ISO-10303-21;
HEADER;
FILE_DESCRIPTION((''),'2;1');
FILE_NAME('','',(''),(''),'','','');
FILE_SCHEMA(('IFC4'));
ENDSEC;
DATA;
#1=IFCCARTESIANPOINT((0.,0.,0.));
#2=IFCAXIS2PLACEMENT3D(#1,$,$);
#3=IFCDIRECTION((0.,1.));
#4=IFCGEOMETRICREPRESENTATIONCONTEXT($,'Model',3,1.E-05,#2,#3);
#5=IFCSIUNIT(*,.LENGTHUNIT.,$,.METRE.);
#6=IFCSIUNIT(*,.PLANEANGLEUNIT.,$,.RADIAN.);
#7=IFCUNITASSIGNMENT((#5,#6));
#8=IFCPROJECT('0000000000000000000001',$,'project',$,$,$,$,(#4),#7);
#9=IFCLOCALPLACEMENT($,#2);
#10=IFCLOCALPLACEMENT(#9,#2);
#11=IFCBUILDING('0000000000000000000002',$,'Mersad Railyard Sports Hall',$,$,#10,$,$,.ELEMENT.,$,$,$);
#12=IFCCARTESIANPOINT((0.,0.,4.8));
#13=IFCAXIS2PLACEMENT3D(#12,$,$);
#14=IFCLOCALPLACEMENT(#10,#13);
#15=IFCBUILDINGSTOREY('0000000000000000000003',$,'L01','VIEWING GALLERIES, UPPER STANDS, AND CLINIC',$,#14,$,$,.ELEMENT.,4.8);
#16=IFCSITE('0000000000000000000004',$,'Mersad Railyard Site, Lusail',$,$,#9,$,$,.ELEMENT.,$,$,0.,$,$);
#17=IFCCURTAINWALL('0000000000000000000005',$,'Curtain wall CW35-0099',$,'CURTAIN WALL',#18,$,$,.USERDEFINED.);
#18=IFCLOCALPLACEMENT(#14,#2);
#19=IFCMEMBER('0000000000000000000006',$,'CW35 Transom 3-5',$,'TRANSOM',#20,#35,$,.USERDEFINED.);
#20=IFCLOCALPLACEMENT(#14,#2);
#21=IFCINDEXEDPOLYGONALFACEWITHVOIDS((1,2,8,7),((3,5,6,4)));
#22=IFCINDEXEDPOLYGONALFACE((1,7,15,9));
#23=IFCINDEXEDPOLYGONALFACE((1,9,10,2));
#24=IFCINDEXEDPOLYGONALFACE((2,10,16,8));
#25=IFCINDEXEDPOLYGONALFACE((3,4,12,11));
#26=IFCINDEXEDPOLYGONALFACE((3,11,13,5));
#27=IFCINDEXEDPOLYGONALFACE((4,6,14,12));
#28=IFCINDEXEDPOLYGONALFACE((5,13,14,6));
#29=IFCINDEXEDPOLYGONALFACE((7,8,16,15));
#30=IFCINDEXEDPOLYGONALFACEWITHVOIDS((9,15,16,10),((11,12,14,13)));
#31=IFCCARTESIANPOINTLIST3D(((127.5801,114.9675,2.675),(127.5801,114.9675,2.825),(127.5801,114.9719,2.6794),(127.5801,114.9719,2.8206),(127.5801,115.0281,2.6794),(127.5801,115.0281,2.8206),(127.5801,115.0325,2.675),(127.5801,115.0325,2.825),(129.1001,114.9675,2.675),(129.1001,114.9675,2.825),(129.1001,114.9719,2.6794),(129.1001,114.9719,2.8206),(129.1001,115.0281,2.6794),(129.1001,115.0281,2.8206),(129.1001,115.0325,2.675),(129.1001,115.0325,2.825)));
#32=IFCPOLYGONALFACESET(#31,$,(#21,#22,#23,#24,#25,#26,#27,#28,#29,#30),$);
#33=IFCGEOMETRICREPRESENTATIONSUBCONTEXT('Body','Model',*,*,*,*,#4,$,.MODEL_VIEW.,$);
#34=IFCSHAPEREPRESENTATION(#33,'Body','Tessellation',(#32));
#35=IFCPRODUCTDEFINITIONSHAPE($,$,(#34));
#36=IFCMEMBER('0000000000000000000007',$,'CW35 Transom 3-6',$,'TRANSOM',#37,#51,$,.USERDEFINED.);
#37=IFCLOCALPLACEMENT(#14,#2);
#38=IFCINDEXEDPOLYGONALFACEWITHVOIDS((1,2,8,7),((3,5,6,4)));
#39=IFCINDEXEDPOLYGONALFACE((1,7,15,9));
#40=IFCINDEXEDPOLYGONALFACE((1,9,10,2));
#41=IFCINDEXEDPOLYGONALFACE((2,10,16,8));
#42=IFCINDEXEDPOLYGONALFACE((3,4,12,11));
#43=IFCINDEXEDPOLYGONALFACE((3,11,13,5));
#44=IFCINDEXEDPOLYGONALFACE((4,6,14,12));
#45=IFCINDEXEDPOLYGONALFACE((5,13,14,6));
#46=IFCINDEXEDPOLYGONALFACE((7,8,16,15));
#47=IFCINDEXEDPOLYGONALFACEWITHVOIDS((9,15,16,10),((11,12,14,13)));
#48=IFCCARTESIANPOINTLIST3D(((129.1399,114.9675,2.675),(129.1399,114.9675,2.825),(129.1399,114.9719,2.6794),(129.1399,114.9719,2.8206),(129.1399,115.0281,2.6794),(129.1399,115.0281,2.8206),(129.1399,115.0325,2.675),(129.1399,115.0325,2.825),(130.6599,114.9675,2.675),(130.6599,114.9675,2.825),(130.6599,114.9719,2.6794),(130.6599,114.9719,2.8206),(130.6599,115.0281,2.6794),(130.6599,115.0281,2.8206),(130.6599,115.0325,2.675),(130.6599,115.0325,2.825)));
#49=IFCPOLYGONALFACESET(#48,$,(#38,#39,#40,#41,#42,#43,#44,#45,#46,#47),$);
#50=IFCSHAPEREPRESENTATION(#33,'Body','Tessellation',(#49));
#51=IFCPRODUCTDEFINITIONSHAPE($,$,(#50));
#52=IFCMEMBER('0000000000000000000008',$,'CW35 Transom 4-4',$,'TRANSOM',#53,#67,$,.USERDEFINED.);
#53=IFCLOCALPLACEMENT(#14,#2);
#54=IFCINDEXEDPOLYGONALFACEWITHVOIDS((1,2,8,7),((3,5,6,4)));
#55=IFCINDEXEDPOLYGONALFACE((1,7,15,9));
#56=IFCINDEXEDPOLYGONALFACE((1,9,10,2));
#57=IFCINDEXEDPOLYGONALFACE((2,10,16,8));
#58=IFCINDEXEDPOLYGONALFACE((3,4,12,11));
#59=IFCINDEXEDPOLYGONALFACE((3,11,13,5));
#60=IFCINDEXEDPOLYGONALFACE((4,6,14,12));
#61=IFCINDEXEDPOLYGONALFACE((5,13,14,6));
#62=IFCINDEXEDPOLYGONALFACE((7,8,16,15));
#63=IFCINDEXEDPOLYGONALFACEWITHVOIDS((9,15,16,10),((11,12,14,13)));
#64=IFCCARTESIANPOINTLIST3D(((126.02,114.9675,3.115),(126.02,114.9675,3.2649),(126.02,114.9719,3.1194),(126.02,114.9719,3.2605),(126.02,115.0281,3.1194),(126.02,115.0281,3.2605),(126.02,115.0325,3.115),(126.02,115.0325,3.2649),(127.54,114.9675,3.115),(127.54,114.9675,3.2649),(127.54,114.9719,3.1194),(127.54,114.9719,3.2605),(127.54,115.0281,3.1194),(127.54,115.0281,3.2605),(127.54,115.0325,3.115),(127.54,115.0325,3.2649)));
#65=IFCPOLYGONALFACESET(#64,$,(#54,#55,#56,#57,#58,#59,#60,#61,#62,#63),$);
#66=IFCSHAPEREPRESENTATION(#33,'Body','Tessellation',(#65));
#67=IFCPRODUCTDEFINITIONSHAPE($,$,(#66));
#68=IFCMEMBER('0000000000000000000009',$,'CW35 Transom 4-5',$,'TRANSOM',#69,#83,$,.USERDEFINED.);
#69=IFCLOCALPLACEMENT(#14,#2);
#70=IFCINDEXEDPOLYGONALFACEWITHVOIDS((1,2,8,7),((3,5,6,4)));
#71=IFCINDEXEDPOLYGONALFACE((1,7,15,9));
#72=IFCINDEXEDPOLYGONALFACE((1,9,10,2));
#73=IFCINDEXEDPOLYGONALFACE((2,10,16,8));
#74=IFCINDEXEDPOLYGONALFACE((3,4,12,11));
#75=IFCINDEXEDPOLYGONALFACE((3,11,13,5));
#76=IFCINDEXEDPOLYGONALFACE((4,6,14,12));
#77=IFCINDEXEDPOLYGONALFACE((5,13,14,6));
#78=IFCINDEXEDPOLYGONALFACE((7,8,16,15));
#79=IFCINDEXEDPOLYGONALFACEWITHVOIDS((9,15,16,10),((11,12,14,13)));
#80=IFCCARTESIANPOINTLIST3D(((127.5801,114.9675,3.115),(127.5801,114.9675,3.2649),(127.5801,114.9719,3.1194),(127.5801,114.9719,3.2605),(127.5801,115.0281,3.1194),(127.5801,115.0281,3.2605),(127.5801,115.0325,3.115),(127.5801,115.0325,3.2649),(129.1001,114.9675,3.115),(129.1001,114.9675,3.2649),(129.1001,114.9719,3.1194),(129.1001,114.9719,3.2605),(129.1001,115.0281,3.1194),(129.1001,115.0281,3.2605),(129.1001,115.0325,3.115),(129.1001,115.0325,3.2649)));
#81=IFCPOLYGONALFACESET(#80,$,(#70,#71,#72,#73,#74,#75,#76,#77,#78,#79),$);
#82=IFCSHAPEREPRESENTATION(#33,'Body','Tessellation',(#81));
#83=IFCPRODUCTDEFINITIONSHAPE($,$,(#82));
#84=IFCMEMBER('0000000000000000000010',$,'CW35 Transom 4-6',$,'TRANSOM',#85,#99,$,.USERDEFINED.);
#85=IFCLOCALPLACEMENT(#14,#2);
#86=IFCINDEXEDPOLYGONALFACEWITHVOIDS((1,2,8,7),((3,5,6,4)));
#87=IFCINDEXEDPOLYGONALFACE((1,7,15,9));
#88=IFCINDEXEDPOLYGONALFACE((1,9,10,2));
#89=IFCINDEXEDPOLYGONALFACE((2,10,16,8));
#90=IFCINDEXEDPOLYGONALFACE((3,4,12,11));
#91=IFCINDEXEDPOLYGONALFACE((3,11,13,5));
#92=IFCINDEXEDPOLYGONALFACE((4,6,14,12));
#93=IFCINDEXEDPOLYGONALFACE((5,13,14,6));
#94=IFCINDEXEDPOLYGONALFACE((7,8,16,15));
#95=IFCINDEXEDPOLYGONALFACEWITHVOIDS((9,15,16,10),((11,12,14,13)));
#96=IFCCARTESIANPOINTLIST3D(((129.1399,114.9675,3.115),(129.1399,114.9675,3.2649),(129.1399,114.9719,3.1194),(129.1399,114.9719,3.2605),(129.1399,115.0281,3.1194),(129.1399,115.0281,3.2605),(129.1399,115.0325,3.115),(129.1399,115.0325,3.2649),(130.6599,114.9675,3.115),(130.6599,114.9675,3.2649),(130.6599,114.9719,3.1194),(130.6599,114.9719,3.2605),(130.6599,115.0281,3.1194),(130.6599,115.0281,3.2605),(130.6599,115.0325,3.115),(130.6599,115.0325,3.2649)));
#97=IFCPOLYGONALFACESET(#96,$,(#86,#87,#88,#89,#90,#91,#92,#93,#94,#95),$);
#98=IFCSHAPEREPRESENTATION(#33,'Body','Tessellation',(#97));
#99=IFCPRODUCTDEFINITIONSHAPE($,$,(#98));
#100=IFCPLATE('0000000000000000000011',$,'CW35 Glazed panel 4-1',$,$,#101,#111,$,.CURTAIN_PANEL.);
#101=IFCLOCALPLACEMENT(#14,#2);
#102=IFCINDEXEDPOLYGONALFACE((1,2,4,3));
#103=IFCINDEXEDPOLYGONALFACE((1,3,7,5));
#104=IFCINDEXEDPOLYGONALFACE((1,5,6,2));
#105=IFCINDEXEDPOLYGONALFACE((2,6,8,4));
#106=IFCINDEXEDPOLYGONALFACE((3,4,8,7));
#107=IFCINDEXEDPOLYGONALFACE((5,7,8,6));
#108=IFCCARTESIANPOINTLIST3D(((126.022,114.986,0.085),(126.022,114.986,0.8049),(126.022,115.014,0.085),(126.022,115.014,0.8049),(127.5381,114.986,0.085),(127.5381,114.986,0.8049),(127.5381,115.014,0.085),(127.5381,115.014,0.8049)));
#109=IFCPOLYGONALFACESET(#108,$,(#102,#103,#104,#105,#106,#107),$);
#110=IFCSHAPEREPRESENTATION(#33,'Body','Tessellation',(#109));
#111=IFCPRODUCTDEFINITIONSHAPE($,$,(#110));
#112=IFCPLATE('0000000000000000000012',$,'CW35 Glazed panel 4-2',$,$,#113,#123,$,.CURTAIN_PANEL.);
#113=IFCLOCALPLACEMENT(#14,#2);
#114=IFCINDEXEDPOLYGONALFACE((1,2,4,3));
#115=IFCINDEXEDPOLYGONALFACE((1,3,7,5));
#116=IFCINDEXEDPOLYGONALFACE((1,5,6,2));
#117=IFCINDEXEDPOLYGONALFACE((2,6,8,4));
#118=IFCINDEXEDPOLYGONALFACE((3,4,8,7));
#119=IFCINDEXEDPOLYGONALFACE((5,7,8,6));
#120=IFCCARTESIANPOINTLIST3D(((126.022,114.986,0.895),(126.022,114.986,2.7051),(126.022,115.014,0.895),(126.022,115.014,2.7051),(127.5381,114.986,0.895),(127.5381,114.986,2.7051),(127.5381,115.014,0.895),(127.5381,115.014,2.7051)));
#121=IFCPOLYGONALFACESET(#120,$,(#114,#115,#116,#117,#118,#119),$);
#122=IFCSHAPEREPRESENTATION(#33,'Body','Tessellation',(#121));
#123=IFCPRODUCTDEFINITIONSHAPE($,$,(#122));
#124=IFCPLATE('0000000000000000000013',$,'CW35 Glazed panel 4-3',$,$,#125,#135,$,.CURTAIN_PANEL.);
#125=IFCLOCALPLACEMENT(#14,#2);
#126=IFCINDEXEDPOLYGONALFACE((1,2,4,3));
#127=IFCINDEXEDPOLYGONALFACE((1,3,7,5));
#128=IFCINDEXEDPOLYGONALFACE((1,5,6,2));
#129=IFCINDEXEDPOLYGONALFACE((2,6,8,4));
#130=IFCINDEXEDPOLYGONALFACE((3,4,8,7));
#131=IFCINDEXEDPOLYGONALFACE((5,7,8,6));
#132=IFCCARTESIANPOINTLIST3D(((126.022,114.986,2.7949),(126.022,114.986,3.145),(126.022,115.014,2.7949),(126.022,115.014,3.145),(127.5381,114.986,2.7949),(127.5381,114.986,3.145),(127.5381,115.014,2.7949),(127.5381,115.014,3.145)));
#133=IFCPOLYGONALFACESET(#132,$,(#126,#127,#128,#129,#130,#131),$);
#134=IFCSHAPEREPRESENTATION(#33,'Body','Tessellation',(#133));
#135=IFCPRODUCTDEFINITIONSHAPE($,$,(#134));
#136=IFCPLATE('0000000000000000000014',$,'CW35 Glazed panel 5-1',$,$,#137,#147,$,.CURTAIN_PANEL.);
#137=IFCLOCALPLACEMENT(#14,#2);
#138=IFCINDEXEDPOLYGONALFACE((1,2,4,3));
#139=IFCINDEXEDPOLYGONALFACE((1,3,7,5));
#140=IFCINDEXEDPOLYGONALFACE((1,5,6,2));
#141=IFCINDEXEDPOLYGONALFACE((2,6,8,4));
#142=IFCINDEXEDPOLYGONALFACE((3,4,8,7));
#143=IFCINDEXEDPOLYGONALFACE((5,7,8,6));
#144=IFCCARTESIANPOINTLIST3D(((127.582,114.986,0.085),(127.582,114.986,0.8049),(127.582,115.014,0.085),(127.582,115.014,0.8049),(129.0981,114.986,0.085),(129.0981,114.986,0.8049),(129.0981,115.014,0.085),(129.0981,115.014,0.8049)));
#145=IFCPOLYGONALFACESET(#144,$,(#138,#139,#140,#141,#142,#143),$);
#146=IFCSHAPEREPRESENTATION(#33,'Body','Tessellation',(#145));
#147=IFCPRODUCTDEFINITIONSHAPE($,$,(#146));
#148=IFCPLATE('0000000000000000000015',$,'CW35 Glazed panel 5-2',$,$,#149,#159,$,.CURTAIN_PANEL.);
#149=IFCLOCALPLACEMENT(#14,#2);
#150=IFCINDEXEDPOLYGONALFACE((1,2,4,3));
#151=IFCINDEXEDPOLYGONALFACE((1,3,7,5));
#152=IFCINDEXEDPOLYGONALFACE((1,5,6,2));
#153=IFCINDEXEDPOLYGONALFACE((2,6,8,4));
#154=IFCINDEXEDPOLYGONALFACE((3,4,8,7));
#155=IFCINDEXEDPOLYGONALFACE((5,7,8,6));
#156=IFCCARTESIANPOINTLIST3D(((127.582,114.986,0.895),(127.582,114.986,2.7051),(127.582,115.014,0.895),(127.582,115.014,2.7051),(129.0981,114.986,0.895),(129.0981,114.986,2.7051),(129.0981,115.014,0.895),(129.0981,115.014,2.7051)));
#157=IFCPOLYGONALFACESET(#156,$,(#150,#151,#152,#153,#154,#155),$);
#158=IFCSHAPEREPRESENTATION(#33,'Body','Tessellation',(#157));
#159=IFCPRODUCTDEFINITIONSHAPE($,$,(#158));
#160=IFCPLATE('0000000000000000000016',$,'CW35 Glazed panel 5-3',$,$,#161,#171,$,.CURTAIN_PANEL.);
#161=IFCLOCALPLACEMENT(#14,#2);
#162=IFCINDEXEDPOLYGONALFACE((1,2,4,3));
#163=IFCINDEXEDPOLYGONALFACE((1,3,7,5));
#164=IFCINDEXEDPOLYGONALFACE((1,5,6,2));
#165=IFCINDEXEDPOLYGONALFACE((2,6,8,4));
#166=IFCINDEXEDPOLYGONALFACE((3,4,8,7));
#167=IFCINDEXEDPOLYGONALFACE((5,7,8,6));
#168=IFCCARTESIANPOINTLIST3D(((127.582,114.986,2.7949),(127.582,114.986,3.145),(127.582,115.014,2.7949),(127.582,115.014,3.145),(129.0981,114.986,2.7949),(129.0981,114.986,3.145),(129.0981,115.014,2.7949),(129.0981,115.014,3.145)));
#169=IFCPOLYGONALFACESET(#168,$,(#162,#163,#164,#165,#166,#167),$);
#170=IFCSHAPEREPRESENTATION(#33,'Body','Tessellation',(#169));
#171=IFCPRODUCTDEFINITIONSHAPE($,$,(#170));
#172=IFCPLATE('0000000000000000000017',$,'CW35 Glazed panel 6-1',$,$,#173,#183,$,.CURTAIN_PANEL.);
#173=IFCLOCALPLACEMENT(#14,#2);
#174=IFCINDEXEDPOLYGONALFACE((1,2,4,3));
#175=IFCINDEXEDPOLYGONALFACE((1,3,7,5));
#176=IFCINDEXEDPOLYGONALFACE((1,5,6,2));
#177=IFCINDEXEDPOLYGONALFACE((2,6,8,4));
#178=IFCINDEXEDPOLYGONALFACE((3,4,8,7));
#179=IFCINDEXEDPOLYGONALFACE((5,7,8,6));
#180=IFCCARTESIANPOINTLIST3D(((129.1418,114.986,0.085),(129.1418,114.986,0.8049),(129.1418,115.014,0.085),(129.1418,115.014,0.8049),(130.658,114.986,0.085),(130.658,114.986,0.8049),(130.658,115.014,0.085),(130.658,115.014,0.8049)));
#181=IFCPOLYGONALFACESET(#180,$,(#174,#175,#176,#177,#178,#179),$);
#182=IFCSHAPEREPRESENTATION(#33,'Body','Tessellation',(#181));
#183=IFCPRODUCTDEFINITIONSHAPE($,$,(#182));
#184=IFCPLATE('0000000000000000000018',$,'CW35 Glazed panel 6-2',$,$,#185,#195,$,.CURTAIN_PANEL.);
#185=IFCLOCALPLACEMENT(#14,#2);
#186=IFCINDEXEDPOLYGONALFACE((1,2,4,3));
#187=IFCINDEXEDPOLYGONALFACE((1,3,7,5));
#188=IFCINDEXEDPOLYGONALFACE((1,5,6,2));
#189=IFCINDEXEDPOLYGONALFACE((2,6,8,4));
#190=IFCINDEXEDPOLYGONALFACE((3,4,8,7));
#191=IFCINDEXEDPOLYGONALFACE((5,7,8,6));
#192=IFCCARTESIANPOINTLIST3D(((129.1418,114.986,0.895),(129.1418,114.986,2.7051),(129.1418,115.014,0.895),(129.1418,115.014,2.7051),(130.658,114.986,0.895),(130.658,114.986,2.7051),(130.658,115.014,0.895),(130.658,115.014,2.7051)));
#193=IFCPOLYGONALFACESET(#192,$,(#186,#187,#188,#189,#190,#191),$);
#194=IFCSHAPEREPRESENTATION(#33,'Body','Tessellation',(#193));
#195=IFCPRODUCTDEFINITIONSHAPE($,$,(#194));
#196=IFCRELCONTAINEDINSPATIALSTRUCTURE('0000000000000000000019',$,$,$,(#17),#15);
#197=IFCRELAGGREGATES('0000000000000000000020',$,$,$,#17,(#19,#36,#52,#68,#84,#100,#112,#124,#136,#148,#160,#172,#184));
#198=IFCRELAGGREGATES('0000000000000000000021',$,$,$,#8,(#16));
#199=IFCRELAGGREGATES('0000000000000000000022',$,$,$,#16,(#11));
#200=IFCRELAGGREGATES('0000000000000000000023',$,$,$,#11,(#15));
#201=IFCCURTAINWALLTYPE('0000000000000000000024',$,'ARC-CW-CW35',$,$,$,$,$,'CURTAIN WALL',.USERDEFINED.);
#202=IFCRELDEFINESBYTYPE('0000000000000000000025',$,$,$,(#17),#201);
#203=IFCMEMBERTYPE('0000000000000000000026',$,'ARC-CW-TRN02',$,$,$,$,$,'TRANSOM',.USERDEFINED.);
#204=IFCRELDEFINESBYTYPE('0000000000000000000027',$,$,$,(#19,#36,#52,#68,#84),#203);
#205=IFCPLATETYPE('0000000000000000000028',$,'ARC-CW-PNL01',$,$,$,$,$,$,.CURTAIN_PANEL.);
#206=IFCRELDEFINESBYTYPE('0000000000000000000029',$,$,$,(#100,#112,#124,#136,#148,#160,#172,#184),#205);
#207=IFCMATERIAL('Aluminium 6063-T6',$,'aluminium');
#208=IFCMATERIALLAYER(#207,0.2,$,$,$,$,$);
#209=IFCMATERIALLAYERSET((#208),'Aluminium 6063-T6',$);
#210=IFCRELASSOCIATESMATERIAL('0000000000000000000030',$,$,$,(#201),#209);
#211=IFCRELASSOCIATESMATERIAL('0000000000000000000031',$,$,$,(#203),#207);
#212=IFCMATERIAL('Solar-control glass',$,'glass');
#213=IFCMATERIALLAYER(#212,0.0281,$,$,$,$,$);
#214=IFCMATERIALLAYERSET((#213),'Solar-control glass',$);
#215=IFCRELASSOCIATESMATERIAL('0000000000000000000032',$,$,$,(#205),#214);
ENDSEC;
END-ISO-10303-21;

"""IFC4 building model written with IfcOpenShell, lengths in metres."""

from ifc_helpers import new_model, si_unit, direction, frame, origin, origin_2d, place, context, subcontext, project, spatial, rectangle, hollow_rectangle, extrude, material, layer, layer_set, material_profile, profile_set, type_object, element, aggregate, save


model = new_model("IFC4")

# Units and contexts
model_context = context("Model", 3, precision=1e-05, world=origin(), true_north=direction((0.0, 1.0)))
body_context = subcontext(model_context, "Body", "Model", "MODEL_VIEW")
ifc_project = project(units=[si_unit("LENGTHUNIT", "METRE"), si_unit("PLANEANGLEUNIT", "RADIAN")], contexts=[model_context])

# Site, building, storey
site_placement = place(None, origin())
site = spatial("IfcSite", under=ifc_project, at=site_placement, Name="Mersad Railyard Site, Lusail", CompositionType="ELEMENT", RefElevation=0.0)
building_placement = place(site_placement, origin())
building = spatial("IfcBuilding", under=site, at=building_placement, Name="Mersad Railyard Sports Hall", CompositionType="ELEMENT")
storey_placement = place(building_placement, frame((0.0, 0.0, 4.8)))
storey = spatial("IfcBuildingStorey", under=building, at=storey_placement, Name="L01", Description="VIEWING GALLERIES, UPPER STANDS, AND CLINIC", CompositionType="ELEMENT", Elevation=4.8)

# Curtain wall, members, plates
ifc_material_1 = material(Name="Aluminium 6063-T6", Category="aluminium")
ifc_layer_1 = layer(ifc_material_1, 0.2)
ifc_layer_set_1 = layer_set([ifc_layer_1], Name="Aluminium 6063-T6")
curtain_wall_type = type_object("IfcCurtainWallType", Name="ARC-CW-CW35", ElementType="CURTAIN WALL", PredefinedType="USERDEFINED", material=ifc_layer_set_1)
curtain_wall_placement = place(storey_placement, origin())
curtain_wall = element("IfcCurtainWall", 1, at=curtain_wall_placement, inside=storey, type_object=curtain_wall_type, Name="Curtain wall CW35-0099", ObjectType="CURTAIN WALL", PredefinedType="USERDEFINED")
ifc_material_profile_1 = material_profile(ifc_material_1, hollow_rectangle(XDim=0.0649, YDim=0.1499, WallThickness=0.0044, at=origin_2d()), Name="AL TRANSOM 65x150x4.5")
ifc_profile_set_1 = profile_set([ifc_material_profile_1], Name="Aluminium 6063-T6")
member_type_1 = type_object("IfcMemberType", Name="ARC-CW-TRN02", ElementType="TRANSOM", PredefinedType="USERDEFINED", material=ifc_profile_set_1)
member_1_placement = place(storey_placement, frame((127.5801, 115.0, 2.75), z_axis=(1.0, 0.0, 0.0), x_axis=(0.0, 1.0, 0.0)))
member_1 = element("IfcMember", 2, at=member_1_placement, type_object=member_type_1, Name="CW35 Transom 3-5", ObjectType="TRANSOM", PredefinedType="USERDEFINED", context=body_context, shape_type="SweptSolid", body=[
    extrude(hollow_rectangle(XDim=0.0649, YDim=0.1499, WallThickness=0.0044, at=origin_2d()), origin(), (0.0, 0.0, 1.0), 1.52),
])
member_2_placement = place(storey_placement, frame((129.1399, 115.0, 2.75), z_axis=(1.0, 0.0, 0.0), x_axis=(0.0, 1.0, 0.0)))
member_2 = element("IfcMember", 3, at=member_2_placement, type_object=member_type_1, Name="CW35 Transom 3-6", ObjectType="TRANSOM", PredefinedType="USERDEFINED", context=body_context, shape_type="SweptSolid", body=[
    extrude(hollow_rectangle(XDim=0.0649, YDim=0.1499, WallThickness=0.0044, at=origin_2d()), origin(), (0.0, 0.0, 1.0), 1.52),
])
member_3_placement = place(storey_placement, frame((126.02, 115.0, 3.1899), z_axis=(1.0, 0.0, 0.0), x_axis=(0.0, 1.0, 0.0)))
member_3 = element("IfcMember", 4, at=member_3_placement, type_object=member_type_1, Name="CW35 Transom 4-4", ObjectType="TRANSOM", PredefinedType="USERDEFINED", context=body_context, shape_type="SweptSolid", body=[
    extrude(hollow_rectangle(XDim=0.0649, YDim=0.1499, WallThickness=0.0044, at=origin_2d()), origin(), (0.0, 0.0, 1.0), 1.52),
])
member_4_placement = place(storey_placement, frame((127.5801, 115.0, 3.1899), z_axis=(1.0, 0.0, 0.0), x_axis=(0.0, 1.0, 0.0)))
member_4 = element("IfcMember", 5, at=member_4_placement, type_object=member_type_1, Name="CW35 Transom 4-5", ObjectType="TRANSOM", PredefinedType="USERDEFINED", context=body_context, shape_type="SweptSolid", body=[
    extrude(hollow_rectangle(XDim=0.0649, YDim=0.1499, WallThickness=0.0044, at=origin_2d()), origin(), (0.0, 0.0, 1.0), 1.52),
])
member_5_placement = place(storey_placement, frame((129.1399, 115.0, 3.1899), z_axis=(1.0, 0.0, 0.0), x_axis=(0.0, 1.0, 0.0)))
member_5 = element("IfcMember", 6, at=member_5_placement, type_object=member_type_1, Name="CW35 Transom 4-6", ObjectType="TRANSOM", PredefinedType="USERDEFINED", context=body_context, shape_type="SweptSolid", body=[
    extrude(hollow_rectangle(XDim=0.0649, YDim=0.1499, WallThickness=0.0044, at=origin_2d()), origin(), (0.0, 0.0, 1.0), 1.52),
])
ifc_material_2 = material(Name="Solar-control glass", Category="glass")
ifc_layer_2 = layer(ifc_material_2, 0.0281)
ifc_layer_set_2 = layer_set([ifc_layer_2], Name="Solar-control glass")
plate_type = type_object("IfcPlateType", Name="ARC-CW-PNL01", PredefinedType="CURTAIN_PANEL", material=ifc_layer_set_2)
plate_1_placement = place(storey_placement, frame((126.78, 115.0, 0.085), z_axis=(0.0, 0.0, 1.0), x_axis=(1.0, 0.0, 0.0)))
plate_1 = element("IfcPlate", 7, at=plate_1_placement, type_object=plate_type, Name="CW35 Glazed panel 4-1", PredefinedType="CURTAIN_PANEL", context=body_context, shape_type="SweptSolid", body=[
    extrude(rectangle(XDim=1.5161, YDim=0.0281, at=origin_2d()), origin(), (0.0, 0.0, 1.0), 0.72),
])
plate_2_placement = place(storey_placement, frame((126.78, 115.0, 0.895), z_axis=(0.0, 0.0, 1.0), x_axis=(1.0, 0.0, 0.0)))
plate_2 = element("IfcPlate", 8, at=plate_2_placement, type_object=plate_type, Name="CW35 Glazed panel 4-2", PredefinedType="CURTAIN_PANEL", context=body_context, shape_type="SweptSolid", body=[
    extrude(rectangle(XDim=1.5161, YDim=0.0281, at=origin_2d()), origin(), (0.0, 0.0, 1.0), 1.8101),
])
plate_3_placement = place(storey_placement, frame((126.78, 115.0, 2.7949), z_axis=(0.0, 0.0, 1.0), x_axis=(1.0, 0.0, 0.0)))
plate_3 = element("IfcPlate", 9, at=plate_3_placement, type_object=plate_type, Name="CW35 Glazed panel 4-3", PredefinedType="CURTAIN_PANEL", context=body_context, shape_type="SweptSolid", body=[
    extrude(rectangle(XDim=1.5161, YDim=0.0281, at=origin_2d()), origin(), (0.0, 0.0, 1.0), 0.3501),
])
plate_4_placement = place(storey_placement, frame((128.3401, 115.0, 0.085), z_axis=(0.0, 0.0, 1.0), x_axis=(1.0, 0.0, 0.0)))
plate_4 = element("IfcPlate", 10, at=plate_4_placement, type_object=plate_type, Name="CW35 Glazed panel 5-1", PredefinedType="CURTAIN_PANEL", context=body_context, shape_type="SweptSolid", body=[
    extrude(rectangle(XDim=1.5161, YDim=0.0281, at=origin_2d()), origin(), (0.0, 0.0, 1.0), 0.72),
])
plate_5_placement = place(storey_placement, frame((128.3401, 115.0, 0.895), z_axis=(0.0, 0.0, 1.0), x_axis=(1.0, 0.0, 0.0)))
plate_5 = element("IfcPlate", 11, at=plate_5_placement, type_object=plate_type, Name="CW35 Glazed panel 5-2", PredefinedType="CURTAIN_PANEL", context=body_context, shape_type="SweptSolid", body=[
    extrude(rectangle(XDim=1.5161, YDim=0.0281, at=origin_2d()), origin(), (0.0, 0.0, 1.0), 1.8101),
])
plate_6_placement = place(storey_placement, frame((128.3401, 115.0, 2.7949), z_axis=(0.0, 0.0, 1.0), x_axis=(1.0, 0.0, 0.0)))
plate_6 = element("IfcPlate", 12, at=plate_6_placement, type_object=plate_type, Name="CW35 Glazed panel 5-3", PredefinedType="CURTAIN_PANEL", context=body_context, shape_type="SweptSolid", body=[
    extrude(rectangle(XDim=1.5161, YDim=0.0281, at=origin_2d()), origin(), (0.0, 0.0, 1.0), 0.3501),
])
plate_7_placement = place(storey_placement, frame((129.8999, 115.0, 0.085), z_axis=(0.0, 0.0, 1.0), x_axis=(1.0, 0.0, 0.0)))
plate_7 = element("IfcPlate", 13, at=plate_7_placement, type_object=plate_type, Name="CW35 Glazed panel 6-1", PredefinedType="CURTAIN_PANEL", context=body_context, shape_type="SweptSolid", body=[
    extrude(rectangle(XDim=1.5161, YDim=0.0281, at=origin_2d()), origin(), (0.0, 0.0, 1.0), 0.72),
])
plate_8_placement = place(storey_placement, frame((129.8999, 115.0, 0.895), z_axis=(0.0, 0.0, 1.0), x_axis=(1.0, 0.0, 0.0)))
plate_8 = element("IfcPlate", 14, at=plate_8_placement, type_object=plate_type, Name="CW35 Glazed panel 6-2", PredefinedType="CURTAIN_PANEL", context=body_context, shape_type="SweptSolid", body=[
    extrude(rectangle(XDim=1.5161, YDim=0.0281, at=origin_2d()), origin(), (0.0, 0.0, 1.0), 1.8101),
])
aggregate(curtain_wall, [member_1, member_2, member_3, member_4, member_5, plate_1, plate_2, plate_3, plate_4, plate_5, plate_6, plate_7, plate_8])

save(model, "model.ifc")
